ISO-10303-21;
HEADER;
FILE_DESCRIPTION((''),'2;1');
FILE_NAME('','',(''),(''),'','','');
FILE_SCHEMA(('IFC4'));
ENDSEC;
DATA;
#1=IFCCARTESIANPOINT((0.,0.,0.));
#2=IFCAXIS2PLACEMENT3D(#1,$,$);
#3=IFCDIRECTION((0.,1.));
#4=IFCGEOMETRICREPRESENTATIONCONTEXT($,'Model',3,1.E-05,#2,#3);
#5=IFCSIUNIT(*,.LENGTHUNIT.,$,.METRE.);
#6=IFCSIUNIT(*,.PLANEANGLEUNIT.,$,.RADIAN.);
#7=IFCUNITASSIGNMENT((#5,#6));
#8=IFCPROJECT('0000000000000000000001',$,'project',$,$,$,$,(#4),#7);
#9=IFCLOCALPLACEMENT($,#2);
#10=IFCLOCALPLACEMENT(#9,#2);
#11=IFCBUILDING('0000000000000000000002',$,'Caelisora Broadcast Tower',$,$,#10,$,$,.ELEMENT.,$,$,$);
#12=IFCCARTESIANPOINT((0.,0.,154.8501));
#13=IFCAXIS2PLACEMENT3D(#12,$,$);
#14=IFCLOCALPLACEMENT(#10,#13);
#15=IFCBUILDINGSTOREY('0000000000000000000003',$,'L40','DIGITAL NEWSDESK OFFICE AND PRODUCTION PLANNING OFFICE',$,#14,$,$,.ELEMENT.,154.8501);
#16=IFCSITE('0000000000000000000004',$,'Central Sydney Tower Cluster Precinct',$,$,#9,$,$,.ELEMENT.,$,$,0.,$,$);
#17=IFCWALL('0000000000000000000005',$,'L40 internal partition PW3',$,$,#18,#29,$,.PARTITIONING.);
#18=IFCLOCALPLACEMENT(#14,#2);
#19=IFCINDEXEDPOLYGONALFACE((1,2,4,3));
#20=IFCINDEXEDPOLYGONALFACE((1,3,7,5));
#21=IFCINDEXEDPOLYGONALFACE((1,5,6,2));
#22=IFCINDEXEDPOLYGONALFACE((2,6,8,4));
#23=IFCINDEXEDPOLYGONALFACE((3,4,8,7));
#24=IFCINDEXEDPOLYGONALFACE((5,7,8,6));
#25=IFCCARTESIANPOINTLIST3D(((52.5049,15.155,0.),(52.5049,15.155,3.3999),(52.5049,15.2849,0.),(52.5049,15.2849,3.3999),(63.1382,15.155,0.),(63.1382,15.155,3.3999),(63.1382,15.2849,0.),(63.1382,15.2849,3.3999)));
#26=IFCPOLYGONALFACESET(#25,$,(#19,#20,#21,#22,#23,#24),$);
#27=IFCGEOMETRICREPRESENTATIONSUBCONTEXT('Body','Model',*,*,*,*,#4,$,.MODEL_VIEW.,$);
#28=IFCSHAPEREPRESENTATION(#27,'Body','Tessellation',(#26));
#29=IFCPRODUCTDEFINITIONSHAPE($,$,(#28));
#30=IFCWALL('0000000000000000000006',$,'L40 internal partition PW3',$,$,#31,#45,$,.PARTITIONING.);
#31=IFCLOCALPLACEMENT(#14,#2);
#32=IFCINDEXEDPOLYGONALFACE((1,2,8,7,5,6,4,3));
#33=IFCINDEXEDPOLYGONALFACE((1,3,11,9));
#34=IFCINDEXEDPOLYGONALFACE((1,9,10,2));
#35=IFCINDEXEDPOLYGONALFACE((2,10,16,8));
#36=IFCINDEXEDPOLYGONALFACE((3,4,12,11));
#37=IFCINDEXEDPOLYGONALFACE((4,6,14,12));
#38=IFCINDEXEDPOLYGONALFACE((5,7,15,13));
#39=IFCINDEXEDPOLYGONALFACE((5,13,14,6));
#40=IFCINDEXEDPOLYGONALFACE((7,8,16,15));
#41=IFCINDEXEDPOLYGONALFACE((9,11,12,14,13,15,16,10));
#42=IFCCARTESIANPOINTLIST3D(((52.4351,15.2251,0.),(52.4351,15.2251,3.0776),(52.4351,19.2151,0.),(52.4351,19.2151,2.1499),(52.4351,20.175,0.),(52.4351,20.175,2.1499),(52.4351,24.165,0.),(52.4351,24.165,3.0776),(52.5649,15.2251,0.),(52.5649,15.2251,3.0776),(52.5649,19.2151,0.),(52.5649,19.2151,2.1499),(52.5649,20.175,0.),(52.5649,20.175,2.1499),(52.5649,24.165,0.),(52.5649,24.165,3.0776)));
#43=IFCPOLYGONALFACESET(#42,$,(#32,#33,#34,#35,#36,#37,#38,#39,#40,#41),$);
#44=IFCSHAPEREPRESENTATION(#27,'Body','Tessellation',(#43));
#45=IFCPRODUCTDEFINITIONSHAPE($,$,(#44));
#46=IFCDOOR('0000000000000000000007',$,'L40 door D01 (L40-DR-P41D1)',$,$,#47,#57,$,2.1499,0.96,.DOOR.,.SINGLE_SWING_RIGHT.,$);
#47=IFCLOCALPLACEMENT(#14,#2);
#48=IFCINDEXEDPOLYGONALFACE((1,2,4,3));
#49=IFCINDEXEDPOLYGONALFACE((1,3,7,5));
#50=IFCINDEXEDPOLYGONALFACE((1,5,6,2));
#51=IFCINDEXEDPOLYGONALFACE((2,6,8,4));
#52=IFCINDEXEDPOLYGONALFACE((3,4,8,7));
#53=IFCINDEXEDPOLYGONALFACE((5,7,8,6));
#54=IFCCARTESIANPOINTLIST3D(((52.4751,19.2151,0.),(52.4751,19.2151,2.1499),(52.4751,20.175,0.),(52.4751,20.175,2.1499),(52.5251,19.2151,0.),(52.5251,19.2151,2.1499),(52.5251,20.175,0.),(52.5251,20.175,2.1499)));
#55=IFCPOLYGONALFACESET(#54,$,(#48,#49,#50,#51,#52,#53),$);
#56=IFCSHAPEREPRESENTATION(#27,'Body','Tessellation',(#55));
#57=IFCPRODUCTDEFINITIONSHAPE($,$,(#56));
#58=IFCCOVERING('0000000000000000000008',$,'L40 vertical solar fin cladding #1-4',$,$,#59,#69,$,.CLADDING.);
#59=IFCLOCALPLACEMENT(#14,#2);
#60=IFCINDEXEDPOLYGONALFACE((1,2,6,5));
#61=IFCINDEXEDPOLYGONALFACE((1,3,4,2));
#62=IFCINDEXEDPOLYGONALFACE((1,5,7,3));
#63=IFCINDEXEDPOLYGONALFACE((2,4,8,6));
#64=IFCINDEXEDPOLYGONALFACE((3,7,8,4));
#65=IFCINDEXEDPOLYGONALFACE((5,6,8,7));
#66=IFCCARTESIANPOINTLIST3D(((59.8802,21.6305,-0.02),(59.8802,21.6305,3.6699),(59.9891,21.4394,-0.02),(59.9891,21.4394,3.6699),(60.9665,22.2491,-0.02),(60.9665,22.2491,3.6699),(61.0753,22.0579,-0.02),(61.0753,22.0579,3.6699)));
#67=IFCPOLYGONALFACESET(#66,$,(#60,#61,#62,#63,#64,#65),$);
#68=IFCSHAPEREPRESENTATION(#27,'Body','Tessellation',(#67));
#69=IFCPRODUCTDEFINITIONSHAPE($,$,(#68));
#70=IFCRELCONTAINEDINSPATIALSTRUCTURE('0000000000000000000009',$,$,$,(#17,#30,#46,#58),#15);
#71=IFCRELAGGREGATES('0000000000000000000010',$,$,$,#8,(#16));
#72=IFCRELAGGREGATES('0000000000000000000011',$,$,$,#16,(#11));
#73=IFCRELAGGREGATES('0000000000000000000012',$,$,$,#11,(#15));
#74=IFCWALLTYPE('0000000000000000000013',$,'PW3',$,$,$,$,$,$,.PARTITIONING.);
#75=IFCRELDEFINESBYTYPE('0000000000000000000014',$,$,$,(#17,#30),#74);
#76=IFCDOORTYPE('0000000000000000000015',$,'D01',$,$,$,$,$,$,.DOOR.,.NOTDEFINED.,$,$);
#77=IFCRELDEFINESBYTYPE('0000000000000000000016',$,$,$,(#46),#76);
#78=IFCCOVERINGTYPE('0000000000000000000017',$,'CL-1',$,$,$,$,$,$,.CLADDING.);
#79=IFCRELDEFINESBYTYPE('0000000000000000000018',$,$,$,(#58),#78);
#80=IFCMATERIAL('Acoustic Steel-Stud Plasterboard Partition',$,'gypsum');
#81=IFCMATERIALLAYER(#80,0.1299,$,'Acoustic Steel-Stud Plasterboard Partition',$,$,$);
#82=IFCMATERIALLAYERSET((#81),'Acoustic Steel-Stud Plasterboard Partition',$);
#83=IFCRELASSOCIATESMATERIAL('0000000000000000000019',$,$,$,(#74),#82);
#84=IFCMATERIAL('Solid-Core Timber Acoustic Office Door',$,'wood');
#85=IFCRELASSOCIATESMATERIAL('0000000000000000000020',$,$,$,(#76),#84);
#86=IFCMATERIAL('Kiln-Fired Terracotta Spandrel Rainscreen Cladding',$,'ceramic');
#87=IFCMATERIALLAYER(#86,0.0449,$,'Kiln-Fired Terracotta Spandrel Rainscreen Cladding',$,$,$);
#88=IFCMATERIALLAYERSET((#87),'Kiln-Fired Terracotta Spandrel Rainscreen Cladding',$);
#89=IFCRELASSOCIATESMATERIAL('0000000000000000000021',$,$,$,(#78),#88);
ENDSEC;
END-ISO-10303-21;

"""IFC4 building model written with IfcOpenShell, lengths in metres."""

from ifc_helpers import new_model, si_unit, direction, frame, frame_2d, origin, origin_2d, place, context, subcontext, project, spatial, rectangle, extrude, source, transform, mapped, material, layer, layer_set, type_object, type_shapes, element, fill, save


model = new_model("IFC4")

# Units and contexts
model_context = context("Model", 3, precision=1e-05, world=origin(), true_north=direction((0.0, 1.0)))
body_context = subcontext(model_context, "Body", "Model", "MODEL_VIEW")
ifc_project = project(units=[si_unit("LENGTHUNIT", "METRE"), si_unit("PLANEANGLEUNIT", "RADIAN")], contexts=[model_context])

# Site, building, storey
site_placement = place(None, origin())
site = spatial("IfcSite", under=ifc_project, at=site_placement, Name="Central Sydney Tower Cluster Precinct", CompositionType="ELEMENT", RefElevation=0.0)
building_placement = place(site_placement, origin())
building = spatial("IfcBuilding", under=site, at=building_placement, Name="Caelisora Broadcast Tower", CompositionType="ELEMENT")
storey_placement = place(building_placement, frame((0.0, 0.0, 154.8501)))
storey = spatial("IfcBuildingStorey", under=building, at=storey_placement, Name="L40", Description="DIGITAL NEWSDESK OFFICE AND PRODUCTION PLANNING OFFICE", CompositionType="ELEMENT", Elevation=154.8501)

# Wall
ifc_material_1 = material(Name="Acoustic Steel-Stud Plasterboard Partition", Category="gypsum")
ifc_layer_1 = layer(ifc_material_1, 0.1299, Name="Acoustic Steel-Stud Plasterboard Partition")
ifc_layer_set_1 = layer_set([ifc_layer_1], Name="Acoustic Steel-Stud Plasterboard Partition")
wall_type_1 = type_object("IfcWallType", Name="PW3", PredefinedType="PARTITIONING", material=ifc_layer_set_1)
wall_1_placement = place(storey_placement, frame((52.5049, 15.22, 0.0), z_axis=(0.0, 0.0, 1.0), x_axis=(1.0, 0.0, 0.0)))
element("IfcWall", 1, at=wall_1_placement, inside=storey, type_object=wall_type_1, Name="L40 internal partition PW3", PredefinedType="PARTITIONING", context=body_context, shape_type="SweptSolid", body=[
    extrude(rectangle(XDim=10.6333, YDim=0.1299, at=frame_2d((5.3167, 0.0))), origin(), (0.0, 0.0, 1.0), 3.3999),
])

# Wall, opening, door
wall_2_placement = place(storey_placement, frame((52.5, 15.2251, 0.0), z_axis=(0.0, 0.0, 1.0), x_axis=(0.0, 1.0, 0.0)))
wall_2 = element("IfcWall", 2, at=wall_2_placement, inside=storey, type_object=wall_type_1, Name="L40 internal partition PW3", PredefinedType="PARTITIONING", context=body_context, shape_type="SweptSolid", body=[
    extrude(rectangle(XDim=8.9399, YDim=0.1299, at=frame_2d((4.47, 0.0))), origin(), (0.0, 0.0, 1.0), 3.0776),
])
opening_1_placement = place(wall_2_placement, frame((3.99, 0.0, 0.0)))
opening_1 = element("IfcOpeningElement", 3, at=opening_1_placement, cuts=wall_2, PredefinedType="OPENING", context=body_context, shape_type="SweptSolid", body=[
    extrude(rectangle(XDim=0.96, YDim=2.1499, at=frame_2d((0.48, 1.075))), frame((0.0, 0.0769, 0.0), z_axis=(0.0, -1.0, 0.0), x_axis=(1.0, 0.0, 0.0)), (0.0, 0.0, 1.0), 0.1538),
])
ifc_material_2 = material(Name="Solid-Core Timber Acoustic Office Door", Category="wood")
door_type = type_object("IfcDoorType", Name="D01", OperationType="NOTDEFINED", PredefinedType="DOOR", material=ifc_material_2)
door_placement = place(opening_1_placement, origin())
door = element("IfcDoor", 4, at=door_placement, inside=storey, type_object=door_type, Name="L40 door D01 (L40-DR-P41D1)", OperationType="SINGLE_SWING_RIGHT", OverallHeight=2.1499, OverallWidth=0.96, PredefinedType="DOOR", context=body_context, shape_type="SweptSolid", body=[
    extrude(rectangle(XDim=0.96, YDim=2.1499, at=frame_2d((0.48, 1.075))), frame((0.0, 0.0249, 0.0), z_axis=(0.0, -1.0, 0.0), x_axis=(1.0, 0.0, 0.0)), (0.0, 0.0, 1.0), 0.05),
])
fill(opening_1, door)

# Covering
ifc_material_3 = material(Name="Kiln-Fired Terracotta Spandrel Rainscreen Cladding", Category="ceramic")
ifc_layer_2 = layer(ifc_material_3, 0.0449, Name="Kiln-Fired Terracotta Spandrel Rainscreen Cladding")
ifc_layer_set_2 = layer_set([ifc_layer_2], Name="Kiln-Fired Terracotta Spandrel Rainscreen Cladding")
covering_type = type_object("IfcCoveringType", Name="CL-1", PredefinedType="CLADDING", material=ifc_layer_set_2)
shared_shape_1 = source(origin(), body_context, "Body", "SweptSolid", [
    extrude(rectangle(XDim=0.22, YDim=1.25, at=origin_2d()), origin(), (0.0, 0.0, 1.0), 3.6899),
])
type_shapes(covering_type, [shared_shape_1])
covering_placement = place(storey_placement, frame((60.4778, 21.8442, -0.02), z_axis=(0.0, 0.0, 1.0), x_axis=(0.494852, -0.868977, 0.0)))
element("IfcCovering", 5, at=covering_placement, inside=storey, type_object=covering_type, Name="L40 vertical solar fin cladding #1-4", PredefinedType="CLADDING", context=body_context, shape_type="MappedRepresentation", body=[
    mapped(shared_shape_1, transform((0.0, 0.0, 0.0), scale=1.0)),
])

save(model, "model.ifc")
